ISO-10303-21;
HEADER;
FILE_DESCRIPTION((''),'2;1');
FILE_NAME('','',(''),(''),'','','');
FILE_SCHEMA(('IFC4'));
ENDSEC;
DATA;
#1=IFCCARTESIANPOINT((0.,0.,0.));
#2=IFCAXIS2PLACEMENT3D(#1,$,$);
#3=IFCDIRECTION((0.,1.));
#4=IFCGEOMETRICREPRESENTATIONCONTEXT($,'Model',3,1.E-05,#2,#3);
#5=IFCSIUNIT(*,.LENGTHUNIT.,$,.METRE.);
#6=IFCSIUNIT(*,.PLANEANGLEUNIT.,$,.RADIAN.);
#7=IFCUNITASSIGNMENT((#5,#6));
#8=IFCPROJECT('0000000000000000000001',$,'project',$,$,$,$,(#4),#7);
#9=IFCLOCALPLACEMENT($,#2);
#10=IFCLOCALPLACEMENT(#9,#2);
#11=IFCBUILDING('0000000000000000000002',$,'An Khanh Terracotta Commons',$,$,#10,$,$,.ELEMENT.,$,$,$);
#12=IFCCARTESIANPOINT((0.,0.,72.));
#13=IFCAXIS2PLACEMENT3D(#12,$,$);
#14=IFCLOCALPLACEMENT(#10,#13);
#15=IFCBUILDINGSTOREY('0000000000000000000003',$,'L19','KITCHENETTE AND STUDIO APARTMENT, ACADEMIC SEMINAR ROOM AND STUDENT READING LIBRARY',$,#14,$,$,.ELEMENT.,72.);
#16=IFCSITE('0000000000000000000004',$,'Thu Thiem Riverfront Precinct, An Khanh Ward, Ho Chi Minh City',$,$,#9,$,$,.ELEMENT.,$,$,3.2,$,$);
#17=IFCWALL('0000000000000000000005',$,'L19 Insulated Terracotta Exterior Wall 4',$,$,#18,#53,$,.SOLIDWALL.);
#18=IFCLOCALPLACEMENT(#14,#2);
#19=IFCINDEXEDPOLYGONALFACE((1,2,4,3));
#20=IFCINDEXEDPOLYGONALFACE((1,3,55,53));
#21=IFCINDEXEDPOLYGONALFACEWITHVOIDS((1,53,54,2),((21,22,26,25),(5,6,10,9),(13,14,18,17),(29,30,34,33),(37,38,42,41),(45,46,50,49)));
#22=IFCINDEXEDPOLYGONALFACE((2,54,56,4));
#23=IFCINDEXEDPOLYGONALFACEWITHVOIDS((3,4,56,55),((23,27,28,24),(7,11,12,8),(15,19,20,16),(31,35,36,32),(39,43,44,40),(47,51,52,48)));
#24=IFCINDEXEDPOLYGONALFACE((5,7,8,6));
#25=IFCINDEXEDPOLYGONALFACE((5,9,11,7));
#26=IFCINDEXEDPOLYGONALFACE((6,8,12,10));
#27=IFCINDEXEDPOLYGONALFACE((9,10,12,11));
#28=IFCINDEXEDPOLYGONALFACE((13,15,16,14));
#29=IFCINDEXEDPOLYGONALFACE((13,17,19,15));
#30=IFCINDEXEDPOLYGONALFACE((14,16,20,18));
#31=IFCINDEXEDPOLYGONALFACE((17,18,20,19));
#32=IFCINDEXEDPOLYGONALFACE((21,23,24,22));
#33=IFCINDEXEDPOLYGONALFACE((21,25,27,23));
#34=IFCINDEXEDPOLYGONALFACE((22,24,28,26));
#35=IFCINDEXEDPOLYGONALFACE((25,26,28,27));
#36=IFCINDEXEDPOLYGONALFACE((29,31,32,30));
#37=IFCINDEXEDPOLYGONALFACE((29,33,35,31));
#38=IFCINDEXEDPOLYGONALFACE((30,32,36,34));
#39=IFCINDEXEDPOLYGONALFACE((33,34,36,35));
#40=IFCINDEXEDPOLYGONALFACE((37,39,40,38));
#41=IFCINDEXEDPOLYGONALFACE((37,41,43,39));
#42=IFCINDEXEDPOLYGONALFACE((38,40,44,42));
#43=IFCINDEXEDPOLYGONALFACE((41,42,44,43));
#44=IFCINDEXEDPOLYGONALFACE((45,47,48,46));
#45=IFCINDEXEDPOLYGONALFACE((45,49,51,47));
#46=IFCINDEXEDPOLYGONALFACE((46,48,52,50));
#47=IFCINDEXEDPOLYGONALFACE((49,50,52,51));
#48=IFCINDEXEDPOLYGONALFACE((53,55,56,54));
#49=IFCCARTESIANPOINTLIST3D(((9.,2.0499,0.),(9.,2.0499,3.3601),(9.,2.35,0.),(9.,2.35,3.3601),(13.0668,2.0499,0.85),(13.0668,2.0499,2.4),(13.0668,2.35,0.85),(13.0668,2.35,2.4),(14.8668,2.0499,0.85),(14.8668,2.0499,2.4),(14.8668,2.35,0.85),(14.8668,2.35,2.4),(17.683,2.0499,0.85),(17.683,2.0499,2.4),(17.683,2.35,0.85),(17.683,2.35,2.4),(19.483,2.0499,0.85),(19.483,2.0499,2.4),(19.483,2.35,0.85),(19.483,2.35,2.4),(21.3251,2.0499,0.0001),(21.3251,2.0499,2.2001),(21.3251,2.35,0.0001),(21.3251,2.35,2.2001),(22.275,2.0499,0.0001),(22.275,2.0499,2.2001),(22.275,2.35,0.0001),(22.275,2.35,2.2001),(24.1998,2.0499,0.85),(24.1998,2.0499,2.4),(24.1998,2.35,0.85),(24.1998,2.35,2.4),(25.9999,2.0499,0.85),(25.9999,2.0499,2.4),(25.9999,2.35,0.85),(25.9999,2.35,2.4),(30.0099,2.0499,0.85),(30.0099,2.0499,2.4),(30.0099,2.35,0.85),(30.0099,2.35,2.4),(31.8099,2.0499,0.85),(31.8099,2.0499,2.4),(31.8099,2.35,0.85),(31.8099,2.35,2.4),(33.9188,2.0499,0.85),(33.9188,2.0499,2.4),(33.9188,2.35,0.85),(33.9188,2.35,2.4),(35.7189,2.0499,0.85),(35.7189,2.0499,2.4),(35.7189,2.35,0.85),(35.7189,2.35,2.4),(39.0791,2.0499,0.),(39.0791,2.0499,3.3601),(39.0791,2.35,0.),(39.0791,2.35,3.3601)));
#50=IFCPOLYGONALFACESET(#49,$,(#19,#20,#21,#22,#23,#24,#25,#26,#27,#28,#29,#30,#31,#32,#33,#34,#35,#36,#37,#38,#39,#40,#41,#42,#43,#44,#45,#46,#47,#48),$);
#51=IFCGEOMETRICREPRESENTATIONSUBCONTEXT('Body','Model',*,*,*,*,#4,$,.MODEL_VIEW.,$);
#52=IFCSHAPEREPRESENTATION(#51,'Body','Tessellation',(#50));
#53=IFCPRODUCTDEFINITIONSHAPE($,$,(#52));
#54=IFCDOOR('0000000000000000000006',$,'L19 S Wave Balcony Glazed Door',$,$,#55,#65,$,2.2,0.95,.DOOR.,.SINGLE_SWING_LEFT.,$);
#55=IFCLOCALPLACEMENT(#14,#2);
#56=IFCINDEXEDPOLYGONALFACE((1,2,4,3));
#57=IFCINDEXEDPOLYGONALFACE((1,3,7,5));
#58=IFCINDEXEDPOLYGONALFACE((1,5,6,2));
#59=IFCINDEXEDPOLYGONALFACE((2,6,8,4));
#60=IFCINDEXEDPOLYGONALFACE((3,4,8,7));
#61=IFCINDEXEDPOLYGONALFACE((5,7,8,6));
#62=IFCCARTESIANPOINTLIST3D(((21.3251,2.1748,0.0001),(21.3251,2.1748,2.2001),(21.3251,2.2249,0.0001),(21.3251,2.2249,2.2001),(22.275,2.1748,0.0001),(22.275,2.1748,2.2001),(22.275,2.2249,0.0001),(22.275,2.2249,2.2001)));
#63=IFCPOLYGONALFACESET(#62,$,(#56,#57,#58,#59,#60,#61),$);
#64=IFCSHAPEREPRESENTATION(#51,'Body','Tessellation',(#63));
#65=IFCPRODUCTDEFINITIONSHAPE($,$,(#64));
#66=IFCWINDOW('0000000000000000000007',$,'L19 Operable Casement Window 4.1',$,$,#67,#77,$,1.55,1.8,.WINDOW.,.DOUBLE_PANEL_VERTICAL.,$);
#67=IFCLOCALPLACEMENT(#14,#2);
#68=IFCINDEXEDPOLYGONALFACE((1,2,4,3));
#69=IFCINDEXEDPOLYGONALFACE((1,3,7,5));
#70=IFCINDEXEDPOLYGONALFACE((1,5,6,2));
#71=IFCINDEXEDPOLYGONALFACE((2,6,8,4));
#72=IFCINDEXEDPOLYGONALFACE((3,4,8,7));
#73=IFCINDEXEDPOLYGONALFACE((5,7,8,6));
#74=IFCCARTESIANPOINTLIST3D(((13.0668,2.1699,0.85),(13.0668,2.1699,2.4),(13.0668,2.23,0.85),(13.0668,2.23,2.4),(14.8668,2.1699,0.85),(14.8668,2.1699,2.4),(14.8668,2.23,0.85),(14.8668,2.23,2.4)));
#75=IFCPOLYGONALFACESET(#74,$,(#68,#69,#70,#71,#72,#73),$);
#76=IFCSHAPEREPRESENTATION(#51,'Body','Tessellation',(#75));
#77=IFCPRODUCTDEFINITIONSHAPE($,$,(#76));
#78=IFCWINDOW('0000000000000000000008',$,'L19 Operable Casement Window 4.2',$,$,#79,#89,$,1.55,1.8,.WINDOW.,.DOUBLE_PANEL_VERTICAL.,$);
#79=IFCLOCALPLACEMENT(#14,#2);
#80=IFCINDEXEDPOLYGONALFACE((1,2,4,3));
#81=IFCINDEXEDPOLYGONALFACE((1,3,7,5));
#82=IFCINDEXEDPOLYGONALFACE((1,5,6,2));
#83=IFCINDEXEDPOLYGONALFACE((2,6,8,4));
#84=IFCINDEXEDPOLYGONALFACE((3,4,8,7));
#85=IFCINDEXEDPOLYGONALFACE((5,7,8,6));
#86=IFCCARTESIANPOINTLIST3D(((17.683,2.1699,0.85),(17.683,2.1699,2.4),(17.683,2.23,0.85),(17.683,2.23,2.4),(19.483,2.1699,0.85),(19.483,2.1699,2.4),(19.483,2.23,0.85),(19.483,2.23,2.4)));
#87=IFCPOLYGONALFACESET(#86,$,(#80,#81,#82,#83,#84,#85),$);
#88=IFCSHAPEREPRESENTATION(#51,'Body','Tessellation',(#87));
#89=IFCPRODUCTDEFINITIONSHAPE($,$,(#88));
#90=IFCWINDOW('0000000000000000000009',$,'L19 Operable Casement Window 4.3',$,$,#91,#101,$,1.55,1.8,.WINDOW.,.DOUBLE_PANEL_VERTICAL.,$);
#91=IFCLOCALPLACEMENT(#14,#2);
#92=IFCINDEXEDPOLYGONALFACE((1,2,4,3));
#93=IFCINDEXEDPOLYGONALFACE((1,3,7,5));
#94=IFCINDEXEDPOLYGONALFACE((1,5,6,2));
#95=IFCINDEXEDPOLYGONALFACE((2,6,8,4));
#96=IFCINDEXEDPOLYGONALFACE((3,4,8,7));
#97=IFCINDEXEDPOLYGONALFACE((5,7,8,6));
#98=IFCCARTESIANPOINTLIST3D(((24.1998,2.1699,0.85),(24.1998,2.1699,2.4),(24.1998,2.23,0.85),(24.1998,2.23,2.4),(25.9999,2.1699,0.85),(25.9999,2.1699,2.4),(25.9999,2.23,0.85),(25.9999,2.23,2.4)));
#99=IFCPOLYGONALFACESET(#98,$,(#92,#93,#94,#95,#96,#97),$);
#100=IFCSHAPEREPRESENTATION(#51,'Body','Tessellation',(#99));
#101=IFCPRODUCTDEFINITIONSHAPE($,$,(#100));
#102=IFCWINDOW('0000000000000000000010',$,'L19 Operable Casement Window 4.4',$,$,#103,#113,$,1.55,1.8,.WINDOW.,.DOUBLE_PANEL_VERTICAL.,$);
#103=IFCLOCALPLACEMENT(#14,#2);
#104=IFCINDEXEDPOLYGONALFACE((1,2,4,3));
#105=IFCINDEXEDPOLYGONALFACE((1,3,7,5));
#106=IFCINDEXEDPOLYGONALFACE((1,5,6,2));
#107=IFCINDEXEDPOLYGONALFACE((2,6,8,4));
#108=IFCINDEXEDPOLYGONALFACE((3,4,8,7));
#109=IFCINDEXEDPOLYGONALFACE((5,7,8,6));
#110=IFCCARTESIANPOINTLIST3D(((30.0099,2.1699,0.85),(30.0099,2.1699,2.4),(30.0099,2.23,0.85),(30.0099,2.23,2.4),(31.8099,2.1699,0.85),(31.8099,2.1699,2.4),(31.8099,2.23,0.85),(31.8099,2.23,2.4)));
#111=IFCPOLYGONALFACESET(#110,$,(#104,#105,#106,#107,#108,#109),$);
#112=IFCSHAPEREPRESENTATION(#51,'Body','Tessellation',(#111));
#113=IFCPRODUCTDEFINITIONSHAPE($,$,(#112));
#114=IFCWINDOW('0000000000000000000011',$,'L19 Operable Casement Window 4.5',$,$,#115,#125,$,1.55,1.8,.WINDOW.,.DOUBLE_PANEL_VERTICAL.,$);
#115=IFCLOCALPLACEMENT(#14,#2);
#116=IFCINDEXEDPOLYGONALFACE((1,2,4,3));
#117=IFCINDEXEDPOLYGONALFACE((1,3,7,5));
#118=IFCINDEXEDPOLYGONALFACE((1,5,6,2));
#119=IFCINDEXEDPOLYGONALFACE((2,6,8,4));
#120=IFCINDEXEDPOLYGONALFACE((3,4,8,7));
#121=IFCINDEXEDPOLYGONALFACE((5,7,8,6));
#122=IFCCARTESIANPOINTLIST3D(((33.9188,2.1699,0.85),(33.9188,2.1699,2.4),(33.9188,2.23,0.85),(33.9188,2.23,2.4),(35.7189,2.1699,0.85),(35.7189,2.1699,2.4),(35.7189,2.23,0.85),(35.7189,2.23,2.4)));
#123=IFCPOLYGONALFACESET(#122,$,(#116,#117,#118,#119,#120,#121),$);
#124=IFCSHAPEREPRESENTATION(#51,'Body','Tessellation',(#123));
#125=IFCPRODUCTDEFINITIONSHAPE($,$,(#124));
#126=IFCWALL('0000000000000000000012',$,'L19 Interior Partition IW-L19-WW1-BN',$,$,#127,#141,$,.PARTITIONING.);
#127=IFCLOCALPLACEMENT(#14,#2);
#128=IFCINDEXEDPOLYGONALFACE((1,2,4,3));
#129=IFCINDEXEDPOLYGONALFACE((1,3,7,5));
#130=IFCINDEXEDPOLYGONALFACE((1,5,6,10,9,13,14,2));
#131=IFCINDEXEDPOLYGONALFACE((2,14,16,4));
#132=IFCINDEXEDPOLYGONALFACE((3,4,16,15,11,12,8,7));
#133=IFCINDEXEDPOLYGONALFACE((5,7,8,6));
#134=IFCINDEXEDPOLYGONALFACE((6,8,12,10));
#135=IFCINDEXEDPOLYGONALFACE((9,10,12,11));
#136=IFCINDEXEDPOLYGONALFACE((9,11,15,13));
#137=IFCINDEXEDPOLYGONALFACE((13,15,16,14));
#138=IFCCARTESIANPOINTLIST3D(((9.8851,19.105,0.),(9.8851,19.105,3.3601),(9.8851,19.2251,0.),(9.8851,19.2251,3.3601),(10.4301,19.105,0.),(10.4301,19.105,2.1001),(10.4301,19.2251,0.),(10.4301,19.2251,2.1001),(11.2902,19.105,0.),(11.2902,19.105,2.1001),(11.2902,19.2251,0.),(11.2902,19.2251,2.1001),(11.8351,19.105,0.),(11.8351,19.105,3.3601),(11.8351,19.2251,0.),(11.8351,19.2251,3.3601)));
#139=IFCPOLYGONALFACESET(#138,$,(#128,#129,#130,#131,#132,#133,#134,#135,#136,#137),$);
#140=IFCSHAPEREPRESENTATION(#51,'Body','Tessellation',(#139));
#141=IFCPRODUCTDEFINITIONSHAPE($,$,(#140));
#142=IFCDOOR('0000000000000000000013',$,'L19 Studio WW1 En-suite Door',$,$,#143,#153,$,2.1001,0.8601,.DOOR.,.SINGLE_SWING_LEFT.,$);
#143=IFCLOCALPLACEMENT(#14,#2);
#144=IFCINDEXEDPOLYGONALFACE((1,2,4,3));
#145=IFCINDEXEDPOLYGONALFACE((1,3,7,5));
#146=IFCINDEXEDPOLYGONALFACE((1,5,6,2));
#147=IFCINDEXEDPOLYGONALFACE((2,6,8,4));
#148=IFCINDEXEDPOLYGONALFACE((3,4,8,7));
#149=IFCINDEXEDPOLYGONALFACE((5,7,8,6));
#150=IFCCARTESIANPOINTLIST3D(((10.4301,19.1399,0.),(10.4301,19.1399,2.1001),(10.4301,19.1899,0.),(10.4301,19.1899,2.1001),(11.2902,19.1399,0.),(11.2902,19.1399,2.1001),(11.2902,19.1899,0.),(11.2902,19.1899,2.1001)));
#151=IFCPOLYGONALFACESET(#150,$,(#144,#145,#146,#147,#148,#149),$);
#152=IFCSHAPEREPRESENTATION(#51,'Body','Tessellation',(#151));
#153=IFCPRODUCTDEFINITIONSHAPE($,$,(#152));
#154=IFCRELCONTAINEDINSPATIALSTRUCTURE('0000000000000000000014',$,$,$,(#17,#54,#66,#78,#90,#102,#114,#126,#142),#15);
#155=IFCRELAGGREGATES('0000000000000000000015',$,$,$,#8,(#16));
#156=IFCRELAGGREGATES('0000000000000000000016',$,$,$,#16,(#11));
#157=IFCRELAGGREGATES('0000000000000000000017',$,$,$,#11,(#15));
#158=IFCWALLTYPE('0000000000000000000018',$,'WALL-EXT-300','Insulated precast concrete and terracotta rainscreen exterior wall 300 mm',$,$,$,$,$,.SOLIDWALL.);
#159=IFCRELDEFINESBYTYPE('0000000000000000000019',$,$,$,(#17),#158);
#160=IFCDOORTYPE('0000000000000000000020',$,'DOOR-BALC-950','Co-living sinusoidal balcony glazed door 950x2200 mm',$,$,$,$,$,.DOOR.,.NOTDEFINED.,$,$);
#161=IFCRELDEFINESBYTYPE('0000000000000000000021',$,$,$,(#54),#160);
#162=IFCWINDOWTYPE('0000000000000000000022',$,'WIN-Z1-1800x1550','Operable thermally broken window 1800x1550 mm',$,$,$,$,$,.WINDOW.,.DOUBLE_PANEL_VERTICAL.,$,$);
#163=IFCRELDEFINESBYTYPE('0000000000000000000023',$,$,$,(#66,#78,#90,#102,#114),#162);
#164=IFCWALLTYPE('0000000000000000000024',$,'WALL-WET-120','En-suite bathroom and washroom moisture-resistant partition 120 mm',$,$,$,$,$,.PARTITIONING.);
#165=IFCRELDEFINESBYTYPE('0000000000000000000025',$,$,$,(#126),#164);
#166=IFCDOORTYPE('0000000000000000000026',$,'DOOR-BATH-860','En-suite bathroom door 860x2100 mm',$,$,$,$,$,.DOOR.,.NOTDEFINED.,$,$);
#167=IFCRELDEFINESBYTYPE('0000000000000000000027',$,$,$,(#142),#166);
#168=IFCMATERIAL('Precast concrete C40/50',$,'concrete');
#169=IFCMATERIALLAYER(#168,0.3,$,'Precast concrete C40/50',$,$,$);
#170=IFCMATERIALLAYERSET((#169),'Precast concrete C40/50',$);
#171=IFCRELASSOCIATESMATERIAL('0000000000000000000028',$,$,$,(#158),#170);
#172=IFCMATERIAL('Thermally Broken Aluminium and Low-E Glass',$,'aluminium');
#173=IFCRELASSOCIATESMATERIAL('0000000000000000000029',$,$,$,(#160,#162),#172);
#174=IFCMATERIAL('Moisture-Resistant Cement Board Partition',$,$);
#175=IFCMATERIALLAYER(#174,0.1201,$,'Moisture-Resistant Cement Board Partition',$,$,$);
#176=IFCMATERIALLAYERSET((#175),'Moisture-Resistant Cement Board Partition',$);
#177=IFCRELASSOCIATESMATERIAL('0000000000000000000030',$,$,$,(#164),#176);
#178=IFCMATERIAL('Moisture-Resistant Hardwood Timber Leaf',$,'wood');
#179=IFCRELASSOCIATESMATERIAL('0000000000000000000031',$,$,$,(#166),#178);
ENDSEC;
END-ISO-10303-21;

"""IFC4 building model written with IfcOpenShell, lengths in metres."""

from ifc_helpers import new_model, si_unit, direction, frame, frame_2d, origin, place, context, subcontext, project, spatial, rectangle, extrude, material, layer, layer_set, type_object, element, fill, save


model = new_model("IFC4")

# Units and contexts
model_context = context("Model", 3, precision=1e-05, world=origin(), true_north=direction((0.0, 1.0)))
body_context = subcontext(model_context, "Body", "Model", "MODEL_VIEW")
ifc_project = project(units=[si_unit("LENGTHUNIT", "METRE"), si_unit("PLANEANGLEUNIT", "RADIAN")], contexts=[model_context])

# Site, building, storey
site_placement = place(None, origin())
site = spatial("IfcSite", under=ifc_project, at=site_placement, Name="Thu Thiem Riverfront Precinct, An Khanh Ward, Ho Chi Minh City", CompositionType="ELEMENT", RefElevation=3.2)
building_placement = place(site_placement, origin())
building = spatial("IfcBuilding", under=site, at=building_placement, Name="An Khanh Terracotta Commons", CompositionType="ELEMENT")
storey_placement = place(building_placement, frame((0.0, 0.0, 72.0)))
storey = spatial("IfcBuildingStorey", under=building, at=storey_placement, Name="L19", Description="KITCHENETTE AND STUDIO APARTMENT, ACADEMIC SEMINAR ROOM AND STUDENT READING LIBRARY", CompositionType="ELEMENT", Elevation=72.0)

# Shared definitions
ifc_material_1 = material(Name="Precast concrete C40/50", Category="concrete")
ifc_layer_1 = layer(ifc_material_1, 0.3, Name="Precast concrete C40/50")
ifc_layer_set_1 = layer_set([ifc_layer_1], Name="Precast concrete C40/50")
wall_type_1 = type_object("IfcWallType", Name="WALL-EXT-300", Description="Insulated precast concrete and terracotta rainscreen exterior wall 300 mm", PredefinedType="SOLIDWALL", material=ifc_layer_set_1)

# Wall, openings, door, windows
wall_1_placement = place(storey_placement, frame((9.0, 2.2, 0.0), z_axis=(0.0, 0.0, 1.0), x_axis=(1.0, 0.0, 0.0)))
wall_1 = element("IfcWall", 1, at=wall_1_placement, inside=storey, type_object=wall_type_1, Name="L19 Insulated Terracotta Exterior Wall 4", PredefinedType="SOLIDWALL", context=body_context, shape_type="SweptSolid", body=[
    extrude(rectangle(XDim=30.0791, YDim=0.3, at=frame_2d((15.0396, 0.0))), origin(), (0.0, 0.0, 1.0), 3.3601),
])
opening_1_placement = place(wall_1_placement, frame((12.325, 0.0, 0.0)))
opening_1 = element("IfcOpeningElement", 2, at=opening_1_placement, cuts=wall_1, PredefinedType="OPENING", context=body_context, shape_type="SweptSolid", body=[
    extrude(rectangle(XDim=0.95, YDim=2.2, at=frame_2d((0.4751, 1.1001))), frame((0.0, 0.1599, 0.0), z_axis=(0.0, -1.0, 0.0), x_axis=(1.0, 0.0, 0.0)), (0.0, 0.0, 1.0), 0.3201),
])
opening_2_placement = place(wall_1_placement, frame((4.0669, 0.0, 0.8501)))
opening_2 = element("IfcOpeningElement", 3, at=opening_2_placement, cuts=wall_1, PredefinedType="OPENING", context=body_context, shape_type="SweptSolid", body=[
    extrude(rectangle(XDim=1.8, YDim=1.55, at=frame_2d((0.8999, 0.7749))), frame((0.0, 0.1599, 0.0), z_axis=(0.0, -1.0, 0.0), x_axis=(1.0, 0.0, 0.0)), (0.0, 0.0, 1.0), 0.3201),
])
opening_3_placement = place(wall_1_placement, frame((8.6831, 0.0, 0.8501)))
opening_3 = element("IfcOpeningElement", 4, at=opening_3_placement, cuts=wall_1, PredefinedType="OPENING", context=body_context, shape_type="SweptSolid", body=[
    extrude(rectangle(XDim=1.8, YDim=1.55, at=frame_2d((0.8999, 0.7749))), frame((0.0, 0.1599, 0.0), z_axis=(0.0, -1.0, 0.0), x_axis=(1.0, 0.0, 0.0)), (0.0, 0.0, 1.0), 0.3201),
])
opening_4_placement = place(wall_1_placement, frame((15.2, 0.0, 0.8501)))
opening_4 = element("IfcOpeningElement", 5, at=opening_4_placement, cuts=wall_1, PredefinedType="OPENING", context=body_context, shape_type="SweptSolid", body=[
    extrude(rectangle(XDim=1.8, YDim=1.55, at=frame_2d((0.8999, 0.7749))), frame((0.0, 0.1599, 0.0), z_axis=(0.0, -1.0, 0.0), x_axis=(1.0, 0.0, 0.0)), (0.0, 0.0, 1.0), 0.3201),
])
opening_5_placement = place(wall_1_placement, frame((21.01, 0.0, 0.8501)))
opening_5 = element("IfcOpeningElement", 6, at=opening_5_placement, cuts=wall_1, PredefinedType="OPENING", context=body_context, shape_type="SweptSolid", body=[
    extrude(rectangle(XDim=1.8, YDim=1.55, at=frame_2d((0.8999, 0.7749))), frame((0.0, 0.1599, 0.0), z_axis=(0.0, -1.0, 0.0), x_axis=(1.0, 0.0, 0.0)), (0.0, 0.0, 1.0), 0.3201),
])
opening_6_placement = place(wall_1_placement, frame((24.9189, 0.0, 0.8501)))
opening_6 = element("IfcOpeningElement", 7, at=opening_6_placement, cuts=wall_1, PredefinedType="OPENING", context=body_context, shape_type="SweptSolid", body=[
    extrude(rectangle(XDim=1.8, YDim=1.55, at=frame_2d((0.8999, 0.7749))), frame((0.0, 0.1599, 0.0), z_axis=(0.0, -1.0, 0.0), x_axis=(1.0, 0.0, 0.0)), (0.0, 0.0, 1.0), 0.3201),
])
ifc_material_2 = material(Name="Thermally Broken Aluminium and Low-E Glass", Category="aluminium")
door_type_1 = type_object("IfcDoorType", Name="DOOR-BALC-950", Description="Co-living sinusoidal balcony glazed door 950x2200 mm", OperationType="NOTDEFINED", PredefinedType="DOOR", material=ifc_material_2)
door_1_placement = place(opening_1_placement, origin())
door_1 = element("IfcDoor", 8, at=door_1_placement, inside=storey, type_object=door_type_1, Name="L19 S Wave Balcony Glazed Door", OperationType="SINGLE_SWING_LEFT", OverallHeight=2.2, OverallWidth=0.95, PredefinedType="DOOR", context=body_context, shape_type="SweptSolid", body=[
    extrude(rectangle(XDim=0.95, YDim=2.2, at=frame_2d((0.4751, 1.1001))), frame((0.0, 0.0249, 0.0), z_axis=(0.0, -1.0, 0.0), x_axis=(1.0, 0.0, 0.0)), (0.0, 0.0, 1.0), 0.05),
])
fill(opening_1, door_1)
window_type = type_object("IfcWindowType", Name="WIN-Z1-1800x1550", Description="Operable thermally broken window 1800x1550 mm", PartitioningType="DOUBLE_PANEL_VERTICAL", PredefinedType="WINDOW", material=ifc_material_2)
window_1_placement = place(opening_2_placement, origin())
window_1 = element("IfcWindow", 9, at=window_1_placement, inside=storey, type_object=window_type, Name="L19 Operable Casement Window 4.1", OverallHeight=1.55, OverallWidth=1.8, PartitioningType="DOUBLE_PANEL_VERTICAL", PredefinedType="WINDOW", context=body_context, shape_type="SweptSolid", body=[
    extrude(rectangle(XDim=1.8, YDim=1.55, at=frame_2d((0.8999, 0.7749))), frame((0.0, 0.03, 0.0), z_axis=(0.0, -1.0, 0.0), x_axis=(1.0, 0.0, 0.0)), (0.0, 0.0, 1.0), 0.0601),
])
fill(opening_2, window_1)
window_2_placement = place(opening_3_placement, origin())
window_2 = element("IfcWindow", 10, at=window_2_placement, inside=storey, type_object=window_type, Name="L19 Operable Casement Window 4.2", OverallHeight=1.55, OverallWidth=1.8, PartitioningType="DOUBLE_PANEL_VERTICAL", PredefinedType="WINDOW", context=body_context, shape_type="SweptSolid", body=[
    extrude(rectangle(XDim=1.8, YDim=1.55, at=frame_2d((0.8999, 0.7749))), frame((0.0, 0.03, 0.0), z_axis=(0.0, -1.0, 0.0), x_axis=(1.0, 0.0, 0.0)), (0.0, 0.0, 1.0), 0.0601),
])
fill(opening_3, window_2)
window_3_placement = place(opening_4_placement, origin())
window_3 = element("IfcWindow", 11, at=window_3_placement, inside=storey, type_object=window_type, Name="L19 Operable Casement Window 4.3", OverallHeight=1.55, OverallWidth=1.8, PartitioningType="DOUBLE_PANEL_VERTICAL", PredefinedType="WINDOW", context=body_context, shape_type="SweptSolid", body=[
    extrude(rectangle(XDim=1.8, YDim=1.55, at=frame_2d((0.8999, 0.7749))), frame((0.0, 0.03, 0.0), z_axis=(0.0, -1.0, 0.0), x_axis=(1.0, 0.0, 0.0)), (0.0, 0.0, 1.0), 0.0601),
])
fill(opening_4, window_3)
window_4_placement = place(opening_5_placement, origin())
window_4 = element("IfcWindow", 12, at=window_4_placement, inside=storey, type_object=window_type, Name="L19 Operable Casement Window 4.4", OverallHeight=1.55, OverallWidth=1.8, PartitioningType="DOUBLE_PANEL_VERTICAL", PredefinedType="WINDOW", context=body_context, shape_type="SweptSolid", body=[
    extrude(rectangle(XDim=1.8, YDim=1.55, at=frame_2d((0.8999, 0.7749))), frame((0.0, 0.03, 0.0), z_axis=(0.0, -1.0, 0.0), x_axis=(1.0, 0.0, 0.0)), (0.0, 0.0, 1.0), 0.0601),
])
fill(opening_5, window_4)
window_5_placement = place(opening_6_placement, origin())
window_5 = element("IfcWindow", 13, at=window_5_placement, inside=storey, type_object=window_type, Name="L19 Operable Casement Window 4.5", OverallHeight=1.55, OverallWidth=1.8, PartitioningType="DOUBLE_PANEL_VERTICAL", PredefinedType="WINDOW", context=body_context, shape_type="SweptSolid", body=[
    extrude(rectangle(XDim=1.8, YDim=1.55, at=frame_2d((0.8999, 0.7749))), frame((0.0, 0.03, 0.0), z_axis=(0.0, -1.0, 0.0), x_axis=(1.0, 0.0, 0.0)), (0.0, 0.0, 1.0), 0.0601),
])
fill(opening_6, window_5)

# Wall, opening, door
ifc_material_3 = material(Name="Moisture-Resistant Cement Board Partition")
ifc_layer_2 = layer(ifc_material_3, 0.1201, Name="Moisture-Resistant Cement Board Partition")
ifc_layer_set_2 = layer_set([ifc_layer_2], Name="Moisture-Resistant Cement Board Partition")
wall_type_2 = type_object("IfcWallType", Name="WALL-WET-120", Description="En-suite bathroom and washroom moisture-resistant partition 120 mm", PredefinedType="PARTITIONING", material=ifc_layer_set_2)
wall_2_placement = place(storey_placement, frame((9.885, 19.165, 0.0), z_axis=(0.0, 0.0, 1.0), x_axis=(1.0, 0.0, 0.0)))
wall_2 = element("IfcWall", 14, at=wall_2_placement, inside=storey, type_object=wall_type_2, Name="L19 Interior Partition IW-L19-WW1-BN", PredefinedType="PARTITIONING", context=body_context, shape_type="SweptSolid", body=[
    extrude(rectangle(XDim=1.95, YDim=0.1201, at=frame_2d((0.9751, 0.0))), origin(), (0.0, 0.0, 1.0), 3.3601),
])
opening_7_placement = place(wall_2_placement, frame((0.5449, 0.0, 0.0)))
opening_7 = element("IfcOpeningElement", 15, at=opening_7_placement, cuts=wall_2, PredefinedType="OPENING", context=body_context, shape_type="SweptSolid", body=[
    extrude(rectangle(XDim=0.8601, YDim=2.1001, at=frame_2d((0.4302, 1.05))), frame((0.0, 0.0701, 0.0), z_axis=(0.0, -1.0, 0.0), x_axis=(1.0, 0.0, 0.0)), (0.0, 0.0, 1.0), 0.1401),
])
ifc_material_4 = material(Name="Moisture-Resistant Hardwood Timber Leaf", Category="wood")
door_type_2 = type_object("IfcDoorType", Name="DOOR-BATH-860", Description="En-suite bathroom door 860x2100 mm", OperationType="NOTDEFINED", PredefinedType="DOOR", material=ifc_material_4)
door_2_placement = place(opening_7_placement, origin())
door_2 = element("IfcDoor", 16, at=door_2_placement, inside=storey, type_object=door_type_2, Name="L19 Studio WW1 En-suite Door", OperationType="SINGLE_SWING_LEFT", OverallHeight=2.1001, OverallWidth=0.8601, PredefinedType="DOOR", context=body_context, shape_type="SweptSolid", body=[
    extrude(rectangle(XDim=0.8601, YDim=2.1001, at=frame_2d((0.4302, 1.05))), frame((0.0, 0.0249, 0.0), z_axis=(0.0, -1.0, 0.0), x_axis=(1.0, 0.0, 0.0)), (0.0, 0.0, 1.0), 0.05),
])
fill(opening_7, door_2)

save(model, "model.ifc")
